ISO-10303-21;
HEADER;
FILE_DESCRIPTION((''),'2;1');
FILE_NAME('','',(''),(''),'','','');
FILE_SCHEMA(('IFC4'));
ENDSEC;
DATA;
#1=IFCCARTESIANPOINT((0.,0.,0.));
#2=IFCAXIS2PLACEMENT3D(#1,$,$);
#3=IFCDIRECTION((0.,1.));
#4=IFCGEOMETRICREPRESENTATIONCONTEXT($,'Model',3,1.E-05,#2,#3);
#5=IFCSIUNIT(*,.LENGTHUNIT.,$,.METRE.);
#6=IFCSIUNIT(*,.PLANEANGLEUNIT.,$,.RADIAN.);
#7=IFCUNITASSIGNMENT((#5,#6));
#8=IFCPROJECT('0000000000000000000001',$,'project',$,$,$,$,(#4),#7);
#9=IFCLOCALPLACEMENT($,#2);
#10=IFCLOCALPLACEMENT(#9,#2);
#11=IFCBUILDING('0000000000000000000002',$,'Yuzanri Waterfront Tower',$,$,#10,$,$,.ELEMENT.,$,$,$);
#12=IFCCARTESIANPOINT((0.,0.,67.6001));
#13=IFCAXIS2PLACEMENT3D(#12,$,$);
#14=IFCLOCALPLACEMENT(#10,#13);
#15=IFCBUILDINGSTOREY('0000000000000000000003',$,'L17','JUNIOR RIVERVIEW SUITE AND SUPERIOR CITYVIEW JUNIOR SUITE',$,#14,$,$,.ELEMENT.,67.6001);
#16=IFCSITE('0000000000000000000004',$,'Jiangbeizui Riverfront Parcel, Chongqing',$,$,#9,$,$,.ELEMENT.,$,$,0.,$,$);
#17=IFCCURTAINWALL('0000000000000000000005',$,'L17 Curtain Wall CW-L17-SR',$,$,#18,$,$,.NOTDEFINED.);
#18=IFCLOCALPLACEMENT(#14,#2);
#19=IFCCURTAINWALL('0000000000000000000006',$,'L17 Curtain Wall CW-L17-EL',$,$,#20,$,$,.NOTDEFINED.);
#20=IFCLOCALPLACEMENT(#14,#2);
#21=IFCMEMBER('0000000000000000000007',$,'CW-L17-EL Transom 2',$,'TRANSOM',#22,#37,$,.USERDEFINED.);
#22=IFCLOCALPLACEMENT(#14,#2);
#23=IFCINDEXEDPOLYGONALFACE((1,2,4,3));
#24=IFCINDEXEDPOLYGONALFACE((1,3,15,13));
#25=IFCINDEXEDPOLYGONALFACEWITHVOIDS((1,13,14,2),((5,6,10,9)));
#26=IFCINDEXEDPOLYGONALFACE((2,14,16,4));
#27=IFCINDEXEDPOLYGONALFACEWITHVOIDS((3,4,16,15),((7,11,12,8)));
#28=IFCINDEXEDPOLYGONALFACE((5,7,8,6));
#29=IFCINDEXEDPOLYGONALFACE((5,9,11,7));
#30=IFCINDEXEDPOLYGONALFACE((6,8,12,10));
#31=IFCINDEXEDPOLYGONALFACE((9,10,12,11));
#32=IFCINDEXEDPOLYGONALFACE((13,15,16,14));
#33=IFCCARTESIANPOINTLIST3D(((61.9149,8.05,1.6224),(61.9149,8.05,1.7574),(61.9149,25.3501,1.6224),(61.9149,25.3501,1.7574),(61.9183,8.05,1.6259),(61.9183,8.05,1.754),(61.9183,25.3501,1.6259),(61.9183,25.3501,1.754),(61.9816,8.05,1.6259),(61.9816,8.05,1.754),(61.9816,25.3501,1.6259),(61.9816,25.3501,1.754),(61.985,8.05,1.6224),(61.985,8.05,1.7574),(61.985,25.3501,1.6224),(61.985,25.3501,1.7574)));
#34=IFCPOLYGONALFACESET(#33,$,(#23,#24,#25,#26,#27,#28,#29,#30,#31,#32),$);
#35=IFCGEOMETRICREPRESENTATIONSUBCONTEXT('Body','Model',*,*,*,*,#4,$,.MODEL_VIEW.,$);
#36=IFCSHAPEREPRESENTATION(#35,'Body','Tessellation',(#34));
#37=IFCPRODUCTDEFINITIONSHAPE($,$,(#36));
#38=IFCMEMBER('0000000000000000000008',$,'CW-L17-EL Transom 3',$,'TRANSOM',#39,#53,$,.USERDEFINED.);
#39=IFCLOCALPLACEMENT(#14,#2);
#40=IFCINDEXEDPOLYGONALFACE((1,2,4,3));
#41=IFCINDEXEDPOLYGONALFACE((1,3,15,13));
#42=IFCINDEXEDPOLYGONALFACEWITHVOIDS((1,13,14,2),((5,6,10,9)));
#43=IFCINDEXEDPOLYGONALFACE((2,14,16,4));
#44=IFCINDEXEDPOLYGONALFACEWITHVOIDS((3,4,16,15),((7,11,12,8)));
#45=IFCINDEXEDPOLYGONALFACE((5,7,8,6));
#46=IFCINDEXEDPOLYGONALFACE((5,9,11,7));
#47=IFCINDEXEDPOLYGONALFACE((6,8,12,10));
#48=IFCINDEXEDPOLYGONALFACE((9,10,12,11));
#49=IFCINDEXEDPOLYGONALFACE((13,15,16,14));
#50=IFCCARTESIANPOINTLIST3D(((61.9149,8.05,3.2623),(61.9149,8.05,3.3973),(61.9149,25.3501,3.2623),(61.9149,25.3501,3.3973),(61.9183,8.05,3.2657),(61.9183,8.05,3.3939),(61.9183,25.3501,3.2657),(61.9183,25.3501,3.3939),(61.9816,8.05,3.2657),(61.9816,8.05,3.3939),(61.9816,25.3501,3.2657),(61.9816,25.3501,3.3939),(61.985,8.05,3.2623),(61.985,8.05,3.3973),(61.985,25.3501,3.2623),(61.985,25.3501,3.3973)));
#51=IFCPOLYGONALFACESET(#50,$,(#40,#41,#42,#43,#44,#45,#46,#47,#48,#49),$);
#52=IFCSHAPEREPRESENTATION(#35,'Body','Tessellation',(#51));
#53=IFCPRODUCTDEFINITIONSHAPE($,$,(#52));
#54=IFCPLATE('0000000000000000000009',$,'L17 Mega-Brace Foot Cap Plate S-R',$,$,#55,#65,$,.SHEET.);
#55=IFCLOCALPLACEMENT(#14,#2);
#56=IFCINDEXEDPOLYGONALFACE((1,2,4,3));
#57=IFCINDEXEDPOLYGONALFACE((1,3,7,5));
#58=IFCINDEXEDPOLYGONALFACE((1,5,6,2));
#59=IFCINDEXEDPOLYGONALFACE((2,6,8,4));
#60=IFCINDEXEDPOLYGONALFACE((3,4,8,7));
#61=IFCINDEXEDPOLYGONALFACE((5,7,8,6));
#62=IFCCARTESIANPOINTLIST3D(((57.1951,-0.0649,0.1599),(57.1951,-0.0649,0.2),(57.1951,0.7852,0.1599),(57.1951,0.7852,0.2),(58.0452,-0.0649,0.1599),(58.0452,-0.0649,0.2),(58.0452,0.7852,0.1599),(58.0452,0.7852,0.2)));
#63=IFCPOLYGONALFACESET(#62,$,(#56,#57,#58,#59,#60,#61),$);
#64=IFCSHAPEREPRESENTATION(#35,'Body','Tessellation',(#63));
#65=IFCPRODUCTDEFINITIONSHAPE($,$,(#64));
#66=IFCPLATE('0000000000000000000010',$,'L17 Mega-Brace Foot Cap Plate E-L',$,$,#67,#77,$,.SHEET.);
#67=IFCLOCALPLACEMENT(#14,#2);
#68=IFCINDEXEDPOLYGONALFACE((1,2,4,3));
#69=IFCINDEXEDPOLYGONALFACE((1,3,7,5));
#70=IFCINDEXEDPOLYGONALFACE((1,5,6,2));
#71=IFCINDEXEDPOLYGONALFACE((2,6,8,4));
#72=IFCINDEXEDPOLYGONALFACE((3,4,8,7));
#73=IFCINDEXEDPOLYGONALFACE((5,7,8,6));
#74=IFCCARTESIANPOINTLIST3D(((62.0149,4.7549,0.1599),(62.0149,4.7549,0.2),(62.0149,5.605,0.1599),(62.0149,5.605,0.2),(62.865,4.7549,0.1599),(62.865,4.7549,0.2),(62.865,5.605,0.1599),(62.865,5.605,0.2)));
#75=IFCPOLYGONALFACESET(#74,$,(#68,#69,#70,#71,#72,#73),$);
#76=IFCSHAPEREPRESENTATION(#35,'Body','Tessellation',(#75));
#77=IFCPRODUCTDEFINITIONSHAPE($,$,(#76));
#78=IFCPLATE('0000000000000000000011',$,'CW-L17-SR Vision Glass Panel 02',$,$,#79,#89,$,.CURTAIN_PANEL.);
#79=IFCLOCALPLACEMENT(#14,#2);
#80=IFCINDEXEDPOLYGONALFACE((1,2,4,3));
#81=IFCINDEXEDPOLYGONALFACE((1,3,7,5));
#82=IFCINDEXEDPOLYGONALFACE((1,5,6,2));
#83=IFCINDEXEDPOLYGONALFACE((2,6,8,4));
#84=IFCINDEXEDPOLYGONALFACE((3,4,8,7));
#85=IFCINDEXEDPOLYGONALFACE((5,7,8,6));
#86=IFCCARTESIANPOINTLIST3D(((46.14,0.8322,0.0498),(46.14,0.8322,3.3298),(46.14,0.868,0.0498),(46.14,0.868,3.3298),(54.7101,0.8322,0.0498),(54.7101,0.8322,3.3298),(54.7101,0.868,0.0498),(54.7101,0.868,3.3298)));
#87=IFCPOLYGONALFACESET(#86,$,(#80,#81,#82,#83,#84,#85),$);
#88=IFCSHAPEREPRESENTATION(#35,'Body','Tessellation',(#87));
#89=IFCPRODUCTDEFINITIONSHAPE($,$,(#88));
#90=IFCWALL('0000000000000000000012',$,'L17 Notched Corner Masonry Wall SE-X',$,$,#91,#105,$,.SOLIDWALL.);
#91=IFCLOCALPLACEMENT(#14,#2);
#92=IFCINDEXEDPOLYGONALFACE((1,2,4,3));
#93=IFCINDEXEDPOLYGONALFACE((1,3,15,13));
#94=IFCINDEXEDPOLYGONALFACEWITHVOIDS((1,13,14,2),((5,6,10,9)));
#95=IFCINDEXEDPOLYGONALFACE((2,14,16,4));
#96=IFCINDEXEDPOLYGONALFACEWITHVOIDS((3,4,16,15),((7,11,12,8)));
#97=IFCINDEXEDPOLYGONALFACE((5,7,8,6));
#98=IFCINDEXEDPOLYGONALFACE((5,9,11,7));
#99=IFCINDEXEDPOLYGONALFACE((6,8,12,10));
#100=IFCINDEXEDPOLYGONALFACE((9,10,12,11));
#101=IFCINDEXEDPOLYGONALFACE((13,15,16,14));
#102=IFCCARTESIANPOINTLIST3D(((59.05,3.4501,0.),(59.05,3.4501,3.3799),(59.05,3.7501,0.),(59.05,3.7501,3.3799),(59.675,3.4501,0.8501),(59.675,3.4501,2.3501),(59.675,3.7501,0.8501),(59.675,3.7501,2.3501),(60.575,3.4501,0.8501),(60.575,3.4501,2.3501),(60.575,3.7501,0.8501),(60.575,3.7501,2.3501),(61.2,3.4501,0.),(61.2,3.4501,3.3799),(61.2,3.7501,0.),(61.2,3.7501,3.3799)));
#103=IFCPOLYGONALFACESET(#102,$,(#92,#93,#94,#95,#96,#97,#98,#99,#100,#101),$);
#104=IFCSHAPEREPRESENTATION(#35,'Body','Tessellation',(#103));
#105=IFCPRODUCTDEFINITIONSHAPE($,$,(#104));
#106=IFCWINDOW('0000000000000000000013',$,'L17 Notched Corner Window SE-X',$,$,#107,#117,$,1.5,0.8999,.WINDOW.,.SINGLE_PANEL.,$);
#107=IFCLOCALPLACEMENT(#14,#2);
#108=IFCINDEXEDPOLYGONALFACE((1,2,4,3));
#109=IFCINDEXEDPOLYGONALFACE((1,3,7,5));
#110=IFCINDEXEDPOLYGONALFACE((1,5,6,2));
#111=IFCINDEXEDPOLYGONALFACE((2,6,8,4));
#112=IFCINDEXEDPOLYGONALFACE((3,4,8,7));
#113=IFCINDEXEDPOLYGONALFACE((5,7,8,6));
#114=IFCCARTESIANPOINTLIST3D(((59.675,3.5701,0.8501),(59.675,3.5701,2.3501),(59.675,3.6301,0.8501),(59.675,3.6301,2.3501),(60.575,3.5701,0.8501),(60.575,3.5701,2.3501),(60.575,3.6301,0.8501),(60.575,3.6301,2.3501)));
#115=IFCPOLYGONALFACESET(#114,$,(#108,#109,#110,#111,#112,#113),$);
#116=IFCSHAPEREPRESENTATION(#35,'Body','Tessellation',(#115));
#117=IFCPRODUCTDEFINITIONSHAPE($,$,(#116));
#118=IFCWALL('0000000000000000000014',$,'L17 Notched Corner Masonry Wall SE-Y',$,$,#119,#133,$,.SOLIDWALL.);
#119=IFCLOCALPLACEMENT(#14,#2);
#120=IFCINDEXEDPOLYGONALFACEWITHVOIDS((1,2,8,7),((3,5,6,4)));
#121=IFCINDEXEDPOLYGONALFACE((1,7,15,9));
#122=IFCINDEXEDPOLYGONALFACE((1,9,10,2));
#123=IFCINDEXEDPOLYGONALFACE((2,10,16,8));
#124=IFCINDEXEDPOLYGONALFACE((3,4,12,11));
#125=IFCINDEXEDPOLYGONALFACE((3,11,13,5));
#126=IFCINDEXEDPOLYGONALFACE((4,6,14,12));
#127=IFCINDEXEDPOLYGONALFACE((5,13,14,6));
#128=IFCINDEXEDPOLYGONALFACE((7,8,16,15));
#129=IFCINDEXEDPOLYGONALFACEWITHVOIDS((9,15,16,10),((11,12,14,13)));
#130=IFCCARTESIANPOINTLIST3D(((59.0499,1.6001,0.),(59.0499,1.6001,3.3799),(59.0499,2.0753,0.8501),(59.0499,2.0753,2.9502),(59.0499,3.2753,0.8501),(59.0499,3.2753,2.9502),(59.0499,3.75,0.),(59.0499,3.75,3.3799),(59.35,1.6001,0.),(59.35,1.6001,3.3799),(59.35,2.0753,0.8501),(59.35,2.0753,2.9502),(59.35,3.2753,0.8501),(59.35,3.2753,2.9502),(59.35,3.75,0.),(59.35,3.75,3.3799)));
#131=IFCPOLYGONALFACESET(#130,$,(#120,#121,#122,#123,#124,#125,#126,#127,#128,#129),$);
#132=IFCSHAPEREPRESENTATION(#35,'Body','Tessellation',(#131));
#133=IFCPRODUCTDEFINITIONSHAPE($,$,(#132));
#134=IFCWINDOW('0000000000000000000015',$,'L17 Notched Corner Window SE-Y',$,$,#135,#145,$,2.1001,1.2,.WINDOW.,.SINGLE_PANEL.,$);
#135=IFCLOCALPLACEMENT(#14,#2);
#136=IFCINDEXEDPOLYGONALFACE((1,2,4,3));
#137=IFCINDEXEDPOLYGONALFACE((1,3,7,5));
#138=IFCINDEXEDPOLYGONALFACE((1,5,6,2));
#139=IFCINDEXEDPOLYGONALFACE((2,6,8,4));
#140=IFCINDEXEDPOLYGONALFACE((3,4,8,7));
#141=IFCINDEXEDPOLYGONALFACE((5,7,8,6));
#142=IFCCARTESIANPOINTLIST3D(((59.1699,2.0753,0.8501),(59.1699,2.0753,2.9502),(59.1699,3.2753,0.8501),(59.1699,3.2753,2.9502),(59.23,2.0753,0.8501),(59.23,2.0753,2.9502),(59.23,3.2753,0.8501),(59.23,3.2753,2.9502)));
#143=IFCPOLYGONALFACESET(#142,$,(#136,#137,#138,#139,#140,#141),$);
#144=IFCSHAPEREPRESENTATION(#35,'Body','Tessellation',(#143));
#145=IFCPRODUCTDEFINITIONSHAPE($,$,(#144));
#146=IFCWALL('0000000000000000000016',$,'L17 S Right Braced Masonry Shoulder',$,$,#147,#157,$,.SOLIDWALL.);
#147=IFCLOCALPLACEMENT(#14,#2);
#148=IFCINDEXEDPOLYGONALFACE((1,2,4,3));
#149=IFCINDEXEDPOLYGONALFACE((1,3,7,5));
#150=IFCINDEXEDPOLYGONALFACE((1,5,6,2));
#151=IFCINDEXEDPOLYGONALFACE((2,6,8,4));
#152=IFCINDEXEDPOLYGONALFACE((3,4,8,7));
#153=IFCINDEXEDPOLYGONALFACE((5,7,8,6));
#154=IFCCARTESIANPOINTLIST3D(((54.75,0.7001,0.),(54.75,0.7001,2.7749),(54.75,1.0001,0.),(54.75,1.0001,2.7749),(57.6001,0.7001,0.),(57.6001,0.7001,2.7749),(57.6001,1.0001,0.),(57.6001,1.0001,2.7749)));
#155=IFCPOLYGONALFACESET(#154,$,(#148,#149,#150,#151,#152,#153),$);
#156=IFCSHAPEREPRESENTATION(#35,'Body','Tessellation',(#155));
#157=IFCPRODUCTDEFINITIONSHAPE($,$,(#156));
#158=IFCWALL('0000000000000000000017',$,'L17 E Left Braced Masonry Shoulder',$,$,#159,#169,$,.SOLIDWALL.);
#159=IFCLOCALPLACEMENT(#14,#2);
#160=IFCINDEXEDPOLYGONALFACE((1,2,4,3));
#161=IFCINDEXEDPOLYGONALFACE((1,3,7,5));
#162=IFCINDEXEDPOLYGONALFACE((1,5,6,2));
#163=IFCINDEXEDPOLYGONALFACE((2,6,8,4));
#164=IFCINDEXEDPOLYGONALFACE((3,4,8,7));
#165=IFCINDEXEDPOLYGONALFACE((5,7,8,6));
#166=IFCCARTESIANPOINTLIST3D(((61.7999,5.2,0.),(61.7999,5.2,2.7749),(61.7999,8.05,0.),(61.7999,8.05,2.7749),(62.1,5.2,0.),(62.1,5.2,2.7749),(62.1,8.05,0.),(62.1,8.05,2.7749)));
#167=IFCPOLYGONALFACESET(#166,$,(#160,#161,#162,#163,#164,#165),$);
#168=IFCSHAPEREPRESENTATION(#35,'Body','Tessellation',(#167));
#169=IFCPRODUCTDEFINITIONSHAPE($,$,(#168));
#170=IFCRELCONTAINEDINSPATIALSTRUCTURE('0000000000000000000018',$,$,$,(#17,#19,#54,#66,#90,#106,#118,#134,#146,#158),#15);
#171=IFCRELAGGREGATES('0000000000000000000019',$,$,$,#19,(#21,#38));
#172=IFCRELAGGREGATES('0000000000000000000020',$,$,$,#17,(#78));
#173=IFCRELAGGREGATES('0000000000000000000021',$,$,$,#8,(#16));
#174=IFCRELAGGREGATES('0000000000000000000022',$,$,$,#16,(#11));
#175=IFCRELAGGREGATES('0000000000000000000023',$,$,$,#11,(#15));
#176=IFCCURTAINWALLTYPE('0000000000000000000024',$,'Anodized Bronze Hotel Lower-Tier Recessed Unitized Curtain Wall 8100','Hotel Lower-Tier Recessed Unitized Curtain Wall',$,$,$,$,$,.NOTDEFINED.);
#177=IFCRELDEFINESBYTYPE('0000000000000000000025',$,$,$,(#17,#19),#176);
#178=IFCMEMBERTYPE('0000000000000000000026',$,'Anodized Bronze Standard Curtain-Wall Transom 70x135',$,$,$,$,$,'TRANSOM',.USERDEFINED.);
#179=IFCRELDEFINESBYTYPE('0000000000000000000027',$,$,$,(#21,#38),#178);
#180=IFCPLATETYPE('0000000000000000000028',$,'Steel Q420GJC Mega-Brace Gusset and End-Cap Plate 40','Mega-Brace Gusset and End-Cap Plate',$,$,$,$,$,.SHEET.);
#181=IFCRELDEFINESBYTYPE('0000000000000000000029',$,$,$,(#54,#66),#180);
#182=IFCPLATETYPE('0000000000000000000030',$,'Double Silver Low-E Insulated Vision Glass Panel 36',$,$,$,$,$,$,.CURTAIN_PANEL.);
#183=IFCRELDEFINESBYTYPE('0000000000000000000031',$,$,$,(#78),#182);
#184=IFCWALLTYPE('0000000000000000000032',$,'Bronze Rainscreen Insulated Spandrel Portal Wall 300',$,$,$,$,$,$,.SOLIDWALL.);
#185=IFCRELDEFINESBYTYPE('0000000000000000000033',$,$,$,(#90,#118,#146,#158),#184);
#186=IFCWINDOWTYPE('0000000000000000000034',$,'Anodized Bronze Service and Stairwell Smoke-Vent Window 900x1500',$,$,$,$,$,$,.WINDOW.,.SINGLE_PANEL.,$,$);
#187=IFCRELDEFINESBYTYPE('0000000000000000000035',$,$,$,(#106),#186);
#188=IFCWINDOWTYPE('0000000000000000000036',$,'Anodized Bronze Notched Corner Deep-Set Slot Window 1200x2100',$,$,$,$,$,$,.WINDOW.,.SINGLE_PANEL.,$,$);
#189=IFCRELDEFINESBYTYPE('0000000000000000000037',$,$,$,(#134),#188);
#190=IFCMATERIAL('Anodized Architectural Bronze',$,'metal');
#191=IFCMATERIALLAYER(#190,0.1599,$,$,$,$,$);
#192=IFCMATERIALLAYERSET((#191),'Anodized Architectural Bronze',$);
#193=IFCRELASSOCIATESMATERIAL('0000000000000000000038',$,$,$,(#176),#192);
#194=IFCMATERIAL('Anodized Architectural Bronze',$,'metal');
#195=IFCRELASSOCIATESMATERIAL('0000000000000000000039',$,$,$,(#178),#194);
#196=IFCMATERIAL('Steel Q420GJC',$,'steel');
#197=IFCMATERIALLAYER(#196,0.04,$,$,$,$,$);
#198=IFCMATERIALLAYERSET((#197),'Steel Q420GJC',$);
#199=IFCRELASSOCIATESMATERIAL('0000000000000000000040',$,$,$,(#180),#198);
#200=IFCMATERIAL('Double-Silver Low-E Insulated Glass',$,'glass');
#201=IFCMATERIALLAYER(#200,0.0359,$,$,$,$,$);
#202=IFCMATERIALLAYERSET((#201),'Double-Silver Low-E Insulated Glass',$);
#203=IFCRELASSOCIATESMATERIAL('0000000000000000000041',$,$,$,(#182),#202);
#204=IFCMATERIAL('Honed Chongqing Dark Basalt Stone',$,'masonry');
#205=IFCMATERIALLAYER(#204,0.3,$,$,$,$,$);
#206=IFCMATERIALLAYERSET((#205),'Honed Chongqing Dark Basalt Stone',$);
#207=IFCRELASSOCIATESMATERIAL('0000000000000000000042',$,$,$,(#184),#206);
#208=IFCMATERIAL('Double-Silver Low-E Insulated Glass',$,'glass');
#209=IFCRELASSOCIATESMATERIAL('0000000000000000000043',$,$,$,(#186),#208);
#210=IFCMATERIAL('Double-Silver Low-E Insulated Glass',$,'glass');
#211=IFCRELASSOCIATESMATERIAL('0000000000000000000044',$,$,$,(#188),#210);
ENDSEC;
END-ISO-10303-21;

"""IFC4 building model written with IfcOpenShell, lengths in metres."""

from ifc_helpers import new_model, si_unit, direction, frame, frame_2d, origin, origin_2d, place, context, subcontext, project, spatial, rectangle, hollow_rectangle, extrude, source, transform, mapped, material, layer, layer_set, material_profile, profile_set, type_object, element, fill, aggregate, save


model = new_model("IFC4")

# Units and contexts
model_context = context("Model", 3, precision=1e-05, world=origin(), true_north=direction((0.0, 1.0)))
body_context = subcontext(model_context, "Body", "Model", "MODEL_VIEW")
ifc_project = project(units=[si_unit("LENGTHUNIT", "METRE"), si_unit("PLANEANGLEUNIT", "RADIAN")], contexts=[model_context])

# Site, building, storey
site_placement = place(None, origin())
site = spatial("IfcSite", under=ifc_project, at=site_placement, Name="Jiangbeizui Riverfront Parcel, Chongqing", CompositionType="ELEMENT", RefElevation=0.0)
building_placement = place(site_placement, origin())
building = spatial("IfcBuilding", under=site, at=building_placement, Name="Yuzanri Waterfront Tower", CompositionType="ELEMENT")
storey_placement = place(building_placement, frame((0.0, 0.0, 67.6001)))
storey = spatial("IfcBuildingStorey", under=building, at=storey_placement, Name="L17", Description="JUNIOR RIVERVIEW SUITE AND SUPERIOR CITYVIEW JUNIOR SUITE", CompositionType="ELEMENT", Elevation=67.6001)

# Curtain walls, members
ifc_material_1 = material(Name="Anodized Architectural Bronze", Category="metal")
ifc_layer_1 = layer(ifc_material_1, 0.1599)
ifc_layer_set_1 = layer_set([ifc_layer_1], Name="Anodized Architectural Bronze")
curtain_wall_type = type_object("IfcCurtainWallType", Name="Anodized Bronze Hotel Lower-Tier Recessed Unitized Curtain Wall 8100", Description="Hotel Lower-Tier Recessed Unitized Curtain Wall", PredefinedType="NOTDEFINED", material=ifc_layer_set_1)
curtain_wall_1_placement = place(storey_placement, origin())
curtain_wall_1 = element("IfcCurtainWall", 1, at=curtain_wall_1_placement, inside=storey, type_object=curtain_wall_type, Name="L17 Curtain Wall CW-L17-SR", PredefinedType="NOTDEFINED")
curtain_wall_2_placement = place(storey_placement, origin())
curtain_wall_2 = element("IfcCurtainWall", 2, at=curtain_wall_2_placement, inside=storey, type_object=curtain_wall_type, Name="L17 Curtain Wall CW-L17-EL", PredefinedType="NOTDEFINED")
ifc_material_2 = material(Name="Anodized Architectural Bronze", Category="metal")
ifc_material_profile_1 = material_profile(ifc_material_2, hollow_rectangle(XDim=0.0701, YDim=0.135, WallThickness=0.0034, at=origin_2d()), Name="CWT 70x135")
ifc_profile_set_1 = profile_set([ifc_material_profile_1], Name="Anodized Architectural Bronze")
member_type_1 = type_object("IfcMemberType", Name="Anodized Bronze Standard Curtain-Wall Transom 70x135", ElementType="TRANSOM", PredefinedType="USERDEFINED", material=ifc_profile_set_1)
shared_shape_1 = source(origin(), body_context, "Body", "SweptSolid", [
    extrude(hollow_rectangle(XDim=0.0701, YDim=0.135, WallThickness=0.0034, at=origin_2d()), origin(), (0.0, 0.0, 1.0), 17.3),
])
member_1_placement = place(storey_placement, frame((61.95, 8.05, 1.6899), z_axis=(0.0, 1.0, 0.0), x_axis=(-1.0, 0.0, 0.0)))
member_1 = element("IfcMember", 3, at=member_1_placement, type_object=member_type_1, Name="CW-L17-EL Transom 2", ObjectType="TRANSOM", PredefinedType="USERDEFINED", context=body_context, shape_type="MappedRepresentation", body=[
    mapped(shared_shape_1, transform((0.0, 0.0, 0.0), scale=1.0)),
])
member_2_placement = place(storey_placement, frame((61.95, 8.05, 3.3298), z_axis=(0.0, 1.0, 0.0), x_axis=(-1.0, 0.0, 0.0)))
member_2 = element("IfcMember", 4, at=member_2_placement, type_object=member_type_1, Name="CW-L17-EL Transom 3", ObjectType="TRANSOM", PredefinedType="USERDEFINED", context=body_context, shape_type="MappedRepresentation", body=[
    mapped(shared_shape_1, transform((0.0, 0.0, 0.0), scale=1.0)),
])
aggregate(curtain_wall_2, [member_1, member_2])

# Plates
ifc_material_3 = material(Name="Steel Q420GJC", Category="steel")
ifc_layer_2 = layer(ifc_material_3, 0.04)
ifc_layer_set_2 = layer_set([ifc_layer_2], Name="Steel Q420GJC")
plate_type_1 = type_object("IfcPlateType", Name="Steel Q420GJC Mega-Brace Gusset and End-Cap Plate 40", Description="Mega-Brace Gusset and End-Cap Plate", PredefinedType="SHEET", material=ifc_layer_set_2)
shared_shape_2 = source(origin(), body_context, "Body", "SweptSolid", [
    extrude(rectangle(XDim=0.8501, YDim=0.8501, at=origin_2d()), origin(), (0.0, 0.0, 1.0), 0.04),
])
for number, where, z_axis, x_axis, name in (
    (5, (57.6201, 0.3601, 0.1599), (0.0, 0.0, 1.0), (1.0, 0.0, 0.0), "L17 Mega-Brace Foot Cap Plate S-R"),
    (6, (62.4399, 5.1799, 0.1599), (0.0, 0.0, 1.0), (1.0, 0.0, 0.0), "L17 Mega-Brace Foot Cap Plate E-L"),
):
    element("IfcPlate", number, at=place(storey_placement, frame(where, z_axis=z_axis, x_axis=x_axis)), inside=storey, type_object=plate_type_1, Name=name, PredefinedType="SHEET", context=body_context, shape_type="MappedRepresentation", body=[
        mapped(shared_shape_2, transform((0.0, 0.0, 0.0), scale=1.0)),
    ])

# Plate
ifc_material_4 = material(Name="Double-Silver Low-E Insulated Glass", Category="glass")
ifc_layer_3 = layer(ifc_material_4, 0.0359)
ifc_layer_set_3 = layer_set([ifc_layer_3], Name="Double-Silver Low-E Insulated Glass")
plate_type_2 = type_object("IfcPlateType", Name="Double Silver Low-E Insulated Vision Glass Panel 36", PredefinedType="CURTAIN_PANEL", material=ifc_layer_set_3)
shared_shape_3 = source(origin(), body_context, "Body", "SweptSolid", [
    extrude(rectangle(XDim=8.5701, YDim=0.0359, at=origin_2d()), origin(), (0.0, 0.0, 1.0), 3.28),
])
plate_placement = place(storey_placement, frame((50.425, 0.8501, 0.0498), z_axis=(0.0, 0.0, 1.0), x_axis=(1.0, 0.0, 0.0)))
plate = element("IfcPlate", 7, at=plate_placement, type_object=plate_type_2, Name="CW-L17-SR Vision Glass Panel 02", PredefinedType="CURTAIN_PANEL", context=body_context, shape_type="MappedRepresentation", body=[
    mapped(shared_shape_3, transform((0.0, 0.0, 0.0), scale=1.0)),
])
aggregate(curtain_wall_1, [plate])

# Walls, openings, windows
ifc_material_5 = material(Name="Honed Chongqing Dark Basalt Stone", Category="masonry")
ifc_layer_4 = layer(ifc_material_5, 0.3)
ifc_layer_set_4 = layer_set([ifc_layer_4], Name="Honed Chongqing Dark Basalt Stone")
wall_type_1 = type_object("IfcWallType", Name="Bronze Rainscreen Insulated Spandrel Portal Wall 300", PredefinedType="SOLIDWALL", material=ifc_layer_set_4)
wall_1_placement = place(storey_placement, frame((59.05, 3.6001, 0.0), z_axis=(0.0, 0.0, 1.0), x_axis=(1.0, 0.0, 0.0)))
wall_1 = element("IfcWall", 8, at=wall_1_placement, inside=storey, type_object=wall_type_1, Name="L17 Notched Corner Masonry Wall SE-X", PredefinedType="SOLIDWALL", context=body_context, shape_type="SweptSolid", body=[
    extrude(rectangle(XDim=2.1499, YDim=0.3, at=frame_2d((1.075, 0.0))), origin(), (0.0, 0.0, 1.0), 3.3799),
])
opening_1_placement = place(wall_1_placement, frame((0.625, 0.0, 0.8501)))
opening_1 = element("IfcOpeningElement", 9, at=opening_1_placement, cuts=wall_1, PredefinedType="OPENING", context=body_context, shape_type="SweptSolid", body=[
    extrude(rectangle(XDim=0.8999, YDim=1.5, at=frame_2d((0.45, 0.75))), frame((0.0, 0.165, 0.0), z_axis=(0.0, -1.0, 0.0), x_axis=(1.0, 0.0, 0.0)), (0.0, 0.0, 1.0), 0.3298),
])
ifc_material_6 = material(Name="Double-Silver Low-E Insulated Glass", Category="glass")
window_type_1 = type_object("IfcWindowType", Name="Anodized Bronze Service and Stairwell Smoke-Vent Window 900x1500", PartitioningType="SINGLE_PANEL", PredefinedType="WINDOW", material=ifc_material_6)
shared_shape_4 = source(origin(), body_context, "Body", "SweptSolid", [
    extrude(rectangle(XDim=0.8999, YDim=1.5, at=frame_2d((0.45, 0.75))), frame((0.0, 0.03, 0.0), z_axis=(0.0, -1.0, 0.0), x_axis=(1.0, 0.0, 0.0)), (0.0, 0.0, 1.0), 0.0601),
])
window_1_placement = place(opening_1_placement, origin())
window_1 = element("IfcWindow", 10, at=window_1_placement, inside=storey, type_object=window_type_1, Name="L17 Notched Corner Window SE-X", OverallHeight=1.5, OverallWidth=0.8999, PartitioningType="SINGLE_PANEL", PredefinedType="WINDOW", context=body_context, shape_type="MappedRepresentation", body=[
    mapped(shared_shape_4, transform((0.0, 0.0, 0.0), scale=1.0)),
])
fill(opening_1, window_1)
wall_2_placement = place(storey_placement, frame((59.2, 1.6001, 0.0), z_axis=(0.0, 0.0, 1.0), x_axis=(0.0, 1.0, 0.0)))
wall_2 = element("IfcWall", 11, at=wall_2_placement, inside=storey, type_object=wall_type_1, Name="L17 Notched Corner Masonry Wall SE-Y", PredefinedType="SOLIDWALL", context=body_context, shape_type="SweptSolid", body=[
    extrude(rectangle(XDim=2.1499, YDim=0.3, at=frame_2d((1.075, 0.0))), origin(), (0.0, 0.0, 1.0), 3.3799),
])
opening_2_placement = place(wall_2_placement, frame((0.4751, 0.0, 0.8501)))
opening_2 = element("IfcOpeningElement", 12, at=opening_2_placement, cuts=wall_2, PredefinedType="OPENING", context=body_context, shape_type="SweptSolid", body=[
    extrude(rectangle(XDim=1.2, YDim=2.1001, at=frame_2d((0.6001, 1.05))), frame((0.0, 0.165, 0.0), z_axis=(0.0, -1.0, 0.0), x_axis=(1.0, 0.0, 0.0)), (0.0, 0.0, 1.0), 0.3298),
])
ifc_material_7 = material(Name="Double-Silver Low-E Insulated Glass", Category="glass")
window_type_2 = type_object("IfcWindowType", Name="Anodized Bronze Notched Corner Deep-Set Slot Window 1200x2100", PartitioningType="SINGLE_PANEL", PredefinedType="WINDOW", material=ifc_material_7)
shared_shape_5 = source(origin(), body_context, "Body", "SweptSolid", [
    extrude(rectangle(XDim=1.2, YDim=2.1001, at=frame_2d((0.6001, 1.05))), frame((0.0, 0.03, 0.0), z_axis=(0.0, -1.0, 0.0), x_axis=(1.0, 0.0, 0.0)), (0.0, 0.0, 1.0), 0.0601),
])
window_2_placement = place(opening_2_placement, origin())
window_2 = element("IfcWindow", 13, at=window_2_placement, inside=storey, type_object=window_type_2, Name="L17 Notched Corner Window SE-Y", OverallHeight=2.1001, OverallWidth=1.2, PartitioningType="SINGLE_PANEL", PredefinedType="WINDOW", context=body_context, shape_type="MappedRepresentation", body=[
    mapped(shared_shape_5, transform((0.0, 0.0, 0.0), scale=1.0)),
])
fill(opening_2, window_2)

# Walls
shared_shape_6 = source(origin(), body_context, "Body", "SweptSolid", [
    extrude(rectangle(XDim=2.8501, YDim=0.3, at=frame_2d((1.425, 0.0))), origin(), (0.0, 0.0, 1.0), 2.7749),
])
for number, where, z_axis, x_axis, name in (
    (14, (54.75, 0.8501, 0.0), (0.0, 0.0, 1.0), (1.0, 0.0, 0.0), "L17 S Right Braced Masonry Shoulder"),
    (15, (61.95, 5.2, 0.0), (0.0, 0.0, 1.0), (0.0, 1.0, 0.0), "L17 E Left Braced Masonry Shoulder"),
):
    element("IfcWall", number, at=place(storey_placement, frame(where, z_axis=z_axis, x_axis=x_axis)), inside=storey, type_object=wall_type_1, Name=name, PredefinedType="SOLIDWALL", context=body_context, shape_type="MappedRepresentation", body=[
        mapped(shared_shape_6, transform((0.0, 0.0, 0.0), scale=1.0)),
    ])

save(model, "model.ifc")
